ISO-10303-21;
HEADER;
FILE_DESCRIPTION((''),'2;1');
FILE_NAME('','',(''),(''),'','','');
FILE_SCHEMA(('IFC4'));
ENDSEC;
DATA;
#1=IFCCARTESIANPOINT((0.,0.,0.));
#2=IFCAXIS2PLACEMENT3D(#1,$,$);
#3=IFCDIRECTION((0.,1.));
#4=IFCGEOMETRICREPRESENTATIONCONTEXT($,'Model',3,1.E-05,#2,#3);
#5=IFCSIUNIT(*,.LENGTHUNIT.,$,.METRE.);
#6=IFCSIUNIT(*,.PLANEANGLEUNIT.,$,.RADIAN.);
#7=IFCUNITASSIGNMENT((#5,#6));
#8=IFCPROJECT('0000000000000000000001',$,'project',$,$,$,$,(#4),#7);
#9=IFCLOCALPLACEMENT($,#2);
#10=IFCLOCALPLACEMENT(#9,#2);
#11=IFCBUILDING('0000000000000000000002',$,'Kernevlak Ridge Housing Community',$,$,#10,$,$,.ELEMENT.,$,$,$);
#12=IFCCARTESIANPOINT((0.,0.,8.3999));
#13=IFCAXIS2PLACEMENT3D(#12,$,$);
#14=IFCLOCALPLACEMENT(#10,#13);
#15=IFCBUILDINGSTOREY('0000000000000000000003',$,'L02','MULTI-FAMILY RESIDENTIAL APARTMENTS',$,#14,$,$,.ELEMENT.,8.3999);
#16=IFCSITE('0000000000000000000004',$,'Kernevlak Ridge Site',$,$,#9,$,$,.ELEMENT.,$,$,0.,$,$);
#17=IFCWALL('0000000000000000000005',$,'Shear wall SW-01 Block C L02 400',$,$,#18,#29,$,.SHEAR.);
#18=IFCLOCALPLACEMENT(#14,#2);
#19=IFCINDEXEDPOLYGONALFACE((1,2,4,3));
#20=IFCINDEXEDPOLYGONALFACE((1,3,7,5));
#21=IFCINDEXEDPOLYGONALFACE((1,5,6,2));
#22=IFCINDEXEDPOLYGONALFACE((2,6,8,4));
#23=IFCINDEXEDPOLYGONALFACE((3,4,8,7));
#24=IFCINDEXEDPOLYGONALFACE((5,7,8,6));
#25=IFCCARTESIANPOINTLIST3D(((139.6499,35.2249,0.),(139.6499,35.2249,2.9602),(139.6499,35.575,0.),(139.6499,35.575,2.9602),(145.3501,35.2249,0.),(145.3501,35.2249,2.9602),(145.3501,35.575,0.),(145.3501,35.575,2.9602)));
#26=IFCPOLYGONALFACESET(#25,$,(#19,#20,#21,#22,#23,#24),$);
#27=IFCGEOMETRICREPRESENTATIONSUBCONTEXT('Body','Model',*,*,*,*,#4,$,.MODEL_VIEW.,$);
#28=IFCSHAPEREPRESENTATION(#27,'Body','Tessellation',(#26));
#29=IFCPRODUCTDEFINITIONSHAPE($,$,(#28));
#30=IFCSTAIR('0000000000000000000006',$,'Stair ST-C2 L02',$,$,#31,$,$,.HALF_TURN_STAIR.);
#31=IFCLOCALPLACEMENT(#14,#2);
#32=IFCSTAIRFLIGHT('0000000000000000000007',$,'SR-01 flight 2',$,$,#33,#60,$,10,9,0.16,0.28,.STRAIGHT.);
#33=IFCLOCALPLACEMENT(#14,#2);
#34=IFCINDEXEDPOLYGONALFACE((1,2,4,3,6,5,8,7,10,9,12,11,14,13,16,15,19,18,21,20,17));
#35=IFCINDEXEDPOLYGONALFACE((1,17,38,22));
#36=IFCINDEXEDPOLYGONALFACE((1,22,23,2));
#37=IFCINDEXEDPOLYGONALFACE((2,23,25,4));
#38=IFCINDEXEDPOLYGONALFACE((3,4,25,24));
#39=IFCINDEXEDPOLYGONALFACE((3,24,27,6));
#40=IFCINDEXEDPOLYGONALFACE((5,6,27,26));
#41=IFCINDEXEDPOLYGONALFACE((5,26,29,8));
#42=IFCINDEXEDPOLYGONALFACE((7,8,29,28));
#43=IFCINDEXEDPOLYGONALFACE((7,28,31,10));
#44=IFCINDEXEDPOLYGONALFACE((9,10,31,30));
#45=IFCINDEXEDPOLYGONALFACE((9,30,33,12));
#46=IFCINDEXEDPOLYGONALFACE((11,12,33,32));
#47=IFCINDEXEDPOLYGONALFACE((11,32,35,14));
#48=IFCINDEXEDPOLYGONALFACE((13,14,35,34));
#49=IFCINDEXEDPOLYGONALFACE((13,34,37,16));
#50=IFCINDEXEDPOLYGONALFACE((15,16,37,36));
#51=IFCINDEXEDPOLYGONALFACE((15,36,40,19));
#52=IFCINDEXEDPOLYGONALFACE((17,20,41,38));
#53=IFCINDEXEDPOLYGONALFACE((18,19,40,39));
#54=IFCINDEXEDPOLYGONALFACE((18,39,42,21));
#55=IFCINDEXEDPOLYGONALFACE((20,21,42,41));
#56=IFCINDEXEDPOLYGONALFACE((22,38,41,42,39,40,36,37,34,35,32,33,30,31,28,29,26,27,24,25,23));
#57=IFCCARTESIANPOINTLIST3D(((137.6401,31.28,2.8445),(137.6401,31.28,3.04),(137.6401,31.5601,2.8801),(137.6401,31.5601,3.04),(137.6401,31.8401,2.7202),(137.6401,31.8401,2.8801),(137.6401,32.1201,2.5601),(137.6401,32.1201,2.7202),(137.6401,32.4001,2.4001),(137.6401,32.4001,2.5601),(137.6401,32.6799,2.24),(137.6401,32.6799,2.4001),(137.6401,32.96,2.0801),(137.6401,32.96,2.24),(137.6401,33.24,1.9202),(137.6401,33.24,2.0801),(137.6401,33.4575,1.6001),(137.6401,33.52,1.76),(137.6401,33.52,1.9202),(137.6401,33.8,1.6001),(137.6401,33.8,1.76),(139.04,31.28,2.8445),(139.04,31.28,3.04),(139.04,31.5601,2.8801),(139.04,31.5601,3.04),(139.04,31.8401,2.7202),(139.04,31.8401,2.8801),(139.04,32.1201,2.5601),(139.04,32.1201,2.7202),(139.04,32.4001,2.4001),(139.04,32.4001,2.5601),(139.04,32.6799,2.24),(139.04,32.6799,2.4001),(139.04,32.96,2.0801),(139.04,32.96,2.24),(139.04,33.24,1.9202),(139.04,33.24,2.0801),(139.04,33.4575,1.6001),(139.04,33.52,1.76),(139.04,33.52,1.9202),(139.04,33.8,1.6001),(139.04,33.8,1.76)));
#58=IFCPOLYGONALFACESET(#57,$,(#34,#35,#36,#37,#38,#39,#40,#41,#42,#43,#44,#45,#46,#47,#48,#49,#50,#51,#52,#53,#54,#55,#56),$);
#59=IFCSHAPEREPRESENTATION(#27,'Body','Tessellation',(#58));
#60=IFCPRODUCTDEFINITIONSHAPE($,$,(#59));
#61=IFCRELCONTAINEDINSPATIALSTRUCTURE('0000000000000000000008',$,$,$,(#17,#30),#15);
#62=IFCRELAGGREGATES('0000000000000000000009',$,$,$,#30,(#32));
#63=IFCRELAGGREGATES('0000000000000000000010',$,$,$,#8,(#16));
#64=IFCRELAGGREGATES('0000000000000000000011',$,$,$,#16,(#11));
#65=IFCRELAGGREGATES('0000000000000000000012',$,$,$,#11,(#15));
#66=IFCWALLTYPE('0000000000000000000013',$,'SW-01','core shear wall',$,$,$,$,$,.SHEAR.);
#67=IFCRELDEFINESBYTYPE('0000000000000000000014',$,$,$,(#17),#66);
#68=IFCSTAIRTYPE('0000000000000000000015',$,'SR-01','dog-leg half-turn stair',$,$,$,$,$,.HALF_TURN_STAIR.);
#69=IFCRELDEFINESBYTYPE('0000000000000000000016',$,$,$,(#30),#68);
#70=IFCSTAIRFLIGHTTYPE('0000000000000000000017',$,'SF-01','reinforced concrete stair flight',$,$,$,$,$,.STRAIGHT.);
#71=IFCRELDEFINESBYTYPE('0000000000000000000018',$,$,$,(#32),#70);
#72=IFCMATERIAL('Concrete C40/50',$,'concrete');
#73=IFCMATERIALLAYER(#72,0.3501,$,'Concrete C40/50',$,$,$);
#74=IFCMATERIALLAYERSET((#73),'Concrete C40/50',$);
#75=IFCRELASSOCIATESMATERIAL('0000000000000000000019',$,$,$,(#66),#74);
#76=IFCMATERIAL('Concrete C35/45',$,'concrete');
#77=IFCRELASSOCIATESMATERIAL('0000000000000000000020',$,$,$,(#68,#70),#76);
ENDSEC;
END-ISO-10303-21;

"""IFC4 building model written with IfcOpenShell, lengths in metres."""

from ifc_helpers import new_model, si_unit, direction, frame, frame_2d, origin, place, context, subcontext, project, spatial, polyline, rectangle, outline, extrude, material, layer, layer_set, type_object, element, aggregate, save


model = new_model("IFC4")

# Units and contexts
model_context = context("Model", 3, precision=1e-05, world=origin(), true_north=direction((0.0, 1.0)))
body_context = subcontext(model_context, "Body", "Model", "MODEL_VIEW")
ifc_project = project(units=[si_unit("LENGTHUNIT", "METRE"), si_unit("PLANEANGLEUNIT", "RADIAN")], contexts=[model_context])

# Site, building, storey
site_placement = place(None, origin())
site = spatial("IfcSite", under=ifc_project, at=site_placement, Name="Kernevlak Ridge Site", CompositionType="ELEMENT", RefElevation=0.0)
building_placement = place(site_placement, origin())
building = spatial("IfcBuilding", under=site, at=building_placement, Name="Kernevlak Ridge Housing Community", CompositionType="ELEMENT")
storey_placement = place(building_placement, frame((0.0, 0.0, 8.3999)))
storey = spatial("IfcBuildingStorey", under=building, at=storey_placement, Name="L02", Description="MULTI-FAMILY RESIDENTIAL APARTMENTS", CompositionType="ELEMENT", Elevation=8.3999)

# Shared definitions
ifc_material_1 = material(Name="Concrete C40/50", Category="concrete")

# Shared definitions
ifc_material_2 = material(Name="Concrete C35/45", Category="concrete")

# Wall
ifc_layer_1 = layer(ifc_material_1, 0.3501, Name="Concrete C40/50")
ifc_layer_set_1 = layer_set([ifc_layer_1], Name="Concrete C40/50")
wall_type_1 = type_object("IfcWallType", Name="SW-01", Description="core shear wall", PredefinedType="SHEAR", material=ifc_layer_set_1)
wall_1_placement = place(storey_placement, frame((139.6499, 35.3999, 0.0), z_axis=(0.0, 0.0, 1.0), x_axis=(1.0, 0.0, 0.0)))
element("IfcWall", 1, at=wall_1_placement, inside=storey, type_object=wall_type_1, Name="Shear wall SW-01 Block C L02 400", PredefinedType="SHEAR", context=body_context, shape_type="SweptSolid", body=[
    extrude(rectangle(XDim=5.7002, YDim=0.3501, at=frame_2d((2.8501, 0.0))), origin(), (0.0, 0.0, 1.0), 2.9602),
])

# Stair, stair flight
stair_type = type_object("IfcStairType", Name="SR-01", Description="dog-leg half-turn stair", PredefinedType="HALF_TURN_STAIR", material=ifc_material_2)
stair_placement = place(storey_placement, origin())
stair = element("IfcStair", 2, at=stair_placement, inside=storey, type_object=stair_type, Name="Stair ST-C2 L02", PredefinedType="HALF_TURN_STAIR")
stair_flight_type = type_object("IfcStairFlightType", Name="SF-01", Description="reinforced concrete stair flight", PredefinedType="STRAIGHT", material=ifc_material_2)
stair_flight_placement = place(storey_placement, frame((138.3401, 33.8, 1.6001), z_axis=(0.0, 0.0, 1.0), x_axis=(0.0, -1.0, 0.0)))
stair_flight = element("IfcStairFlight", 3, at=stair_flight_placement, type_object=stair_flight_type, Name="SR-01 flight 2", NumberOfRisers=10, NumberOfTreads=9, PredefinedType="STRAIGHT", RiserHeight=0.16, TreadLength=0.28, context=body_context, shape_type="SweptSolid", body=[
    extrude(outline(polyline([(0.0, 0.0), (0.0, 0.1599), (0.28, 0.1599), (0.28, 0.3201), (0.5601, 0.3201), (0.5601, 0.48), (0.8401, 0.48), (0.8401, 0.6399), (1.1201, 0.6399), (1.1201, 0.8), (1.3999, 0.8), (1.3999, 0.96), (1.6799, 0.96), (1.6799, 1.1201), (1.96, 1.1201), (1.96, 1.28), (2.24, 1.28), (2.24, 1.4399), (2.52, 1.4399), (2.52, 1.6001), (2.52, 1.2444), (0.3425, 0.0), (0.0, 0.0)])), frame((0.0, 0.7, 0.0), z_axis=(0.0, -1.0, 0.0), x_axis=(1.0, 0.0, 0.0)), (0.0, 0.0, 1.0), 1.3999),
])
aggregate(stair, [stair_flight])

save(model, "model.ifc")
